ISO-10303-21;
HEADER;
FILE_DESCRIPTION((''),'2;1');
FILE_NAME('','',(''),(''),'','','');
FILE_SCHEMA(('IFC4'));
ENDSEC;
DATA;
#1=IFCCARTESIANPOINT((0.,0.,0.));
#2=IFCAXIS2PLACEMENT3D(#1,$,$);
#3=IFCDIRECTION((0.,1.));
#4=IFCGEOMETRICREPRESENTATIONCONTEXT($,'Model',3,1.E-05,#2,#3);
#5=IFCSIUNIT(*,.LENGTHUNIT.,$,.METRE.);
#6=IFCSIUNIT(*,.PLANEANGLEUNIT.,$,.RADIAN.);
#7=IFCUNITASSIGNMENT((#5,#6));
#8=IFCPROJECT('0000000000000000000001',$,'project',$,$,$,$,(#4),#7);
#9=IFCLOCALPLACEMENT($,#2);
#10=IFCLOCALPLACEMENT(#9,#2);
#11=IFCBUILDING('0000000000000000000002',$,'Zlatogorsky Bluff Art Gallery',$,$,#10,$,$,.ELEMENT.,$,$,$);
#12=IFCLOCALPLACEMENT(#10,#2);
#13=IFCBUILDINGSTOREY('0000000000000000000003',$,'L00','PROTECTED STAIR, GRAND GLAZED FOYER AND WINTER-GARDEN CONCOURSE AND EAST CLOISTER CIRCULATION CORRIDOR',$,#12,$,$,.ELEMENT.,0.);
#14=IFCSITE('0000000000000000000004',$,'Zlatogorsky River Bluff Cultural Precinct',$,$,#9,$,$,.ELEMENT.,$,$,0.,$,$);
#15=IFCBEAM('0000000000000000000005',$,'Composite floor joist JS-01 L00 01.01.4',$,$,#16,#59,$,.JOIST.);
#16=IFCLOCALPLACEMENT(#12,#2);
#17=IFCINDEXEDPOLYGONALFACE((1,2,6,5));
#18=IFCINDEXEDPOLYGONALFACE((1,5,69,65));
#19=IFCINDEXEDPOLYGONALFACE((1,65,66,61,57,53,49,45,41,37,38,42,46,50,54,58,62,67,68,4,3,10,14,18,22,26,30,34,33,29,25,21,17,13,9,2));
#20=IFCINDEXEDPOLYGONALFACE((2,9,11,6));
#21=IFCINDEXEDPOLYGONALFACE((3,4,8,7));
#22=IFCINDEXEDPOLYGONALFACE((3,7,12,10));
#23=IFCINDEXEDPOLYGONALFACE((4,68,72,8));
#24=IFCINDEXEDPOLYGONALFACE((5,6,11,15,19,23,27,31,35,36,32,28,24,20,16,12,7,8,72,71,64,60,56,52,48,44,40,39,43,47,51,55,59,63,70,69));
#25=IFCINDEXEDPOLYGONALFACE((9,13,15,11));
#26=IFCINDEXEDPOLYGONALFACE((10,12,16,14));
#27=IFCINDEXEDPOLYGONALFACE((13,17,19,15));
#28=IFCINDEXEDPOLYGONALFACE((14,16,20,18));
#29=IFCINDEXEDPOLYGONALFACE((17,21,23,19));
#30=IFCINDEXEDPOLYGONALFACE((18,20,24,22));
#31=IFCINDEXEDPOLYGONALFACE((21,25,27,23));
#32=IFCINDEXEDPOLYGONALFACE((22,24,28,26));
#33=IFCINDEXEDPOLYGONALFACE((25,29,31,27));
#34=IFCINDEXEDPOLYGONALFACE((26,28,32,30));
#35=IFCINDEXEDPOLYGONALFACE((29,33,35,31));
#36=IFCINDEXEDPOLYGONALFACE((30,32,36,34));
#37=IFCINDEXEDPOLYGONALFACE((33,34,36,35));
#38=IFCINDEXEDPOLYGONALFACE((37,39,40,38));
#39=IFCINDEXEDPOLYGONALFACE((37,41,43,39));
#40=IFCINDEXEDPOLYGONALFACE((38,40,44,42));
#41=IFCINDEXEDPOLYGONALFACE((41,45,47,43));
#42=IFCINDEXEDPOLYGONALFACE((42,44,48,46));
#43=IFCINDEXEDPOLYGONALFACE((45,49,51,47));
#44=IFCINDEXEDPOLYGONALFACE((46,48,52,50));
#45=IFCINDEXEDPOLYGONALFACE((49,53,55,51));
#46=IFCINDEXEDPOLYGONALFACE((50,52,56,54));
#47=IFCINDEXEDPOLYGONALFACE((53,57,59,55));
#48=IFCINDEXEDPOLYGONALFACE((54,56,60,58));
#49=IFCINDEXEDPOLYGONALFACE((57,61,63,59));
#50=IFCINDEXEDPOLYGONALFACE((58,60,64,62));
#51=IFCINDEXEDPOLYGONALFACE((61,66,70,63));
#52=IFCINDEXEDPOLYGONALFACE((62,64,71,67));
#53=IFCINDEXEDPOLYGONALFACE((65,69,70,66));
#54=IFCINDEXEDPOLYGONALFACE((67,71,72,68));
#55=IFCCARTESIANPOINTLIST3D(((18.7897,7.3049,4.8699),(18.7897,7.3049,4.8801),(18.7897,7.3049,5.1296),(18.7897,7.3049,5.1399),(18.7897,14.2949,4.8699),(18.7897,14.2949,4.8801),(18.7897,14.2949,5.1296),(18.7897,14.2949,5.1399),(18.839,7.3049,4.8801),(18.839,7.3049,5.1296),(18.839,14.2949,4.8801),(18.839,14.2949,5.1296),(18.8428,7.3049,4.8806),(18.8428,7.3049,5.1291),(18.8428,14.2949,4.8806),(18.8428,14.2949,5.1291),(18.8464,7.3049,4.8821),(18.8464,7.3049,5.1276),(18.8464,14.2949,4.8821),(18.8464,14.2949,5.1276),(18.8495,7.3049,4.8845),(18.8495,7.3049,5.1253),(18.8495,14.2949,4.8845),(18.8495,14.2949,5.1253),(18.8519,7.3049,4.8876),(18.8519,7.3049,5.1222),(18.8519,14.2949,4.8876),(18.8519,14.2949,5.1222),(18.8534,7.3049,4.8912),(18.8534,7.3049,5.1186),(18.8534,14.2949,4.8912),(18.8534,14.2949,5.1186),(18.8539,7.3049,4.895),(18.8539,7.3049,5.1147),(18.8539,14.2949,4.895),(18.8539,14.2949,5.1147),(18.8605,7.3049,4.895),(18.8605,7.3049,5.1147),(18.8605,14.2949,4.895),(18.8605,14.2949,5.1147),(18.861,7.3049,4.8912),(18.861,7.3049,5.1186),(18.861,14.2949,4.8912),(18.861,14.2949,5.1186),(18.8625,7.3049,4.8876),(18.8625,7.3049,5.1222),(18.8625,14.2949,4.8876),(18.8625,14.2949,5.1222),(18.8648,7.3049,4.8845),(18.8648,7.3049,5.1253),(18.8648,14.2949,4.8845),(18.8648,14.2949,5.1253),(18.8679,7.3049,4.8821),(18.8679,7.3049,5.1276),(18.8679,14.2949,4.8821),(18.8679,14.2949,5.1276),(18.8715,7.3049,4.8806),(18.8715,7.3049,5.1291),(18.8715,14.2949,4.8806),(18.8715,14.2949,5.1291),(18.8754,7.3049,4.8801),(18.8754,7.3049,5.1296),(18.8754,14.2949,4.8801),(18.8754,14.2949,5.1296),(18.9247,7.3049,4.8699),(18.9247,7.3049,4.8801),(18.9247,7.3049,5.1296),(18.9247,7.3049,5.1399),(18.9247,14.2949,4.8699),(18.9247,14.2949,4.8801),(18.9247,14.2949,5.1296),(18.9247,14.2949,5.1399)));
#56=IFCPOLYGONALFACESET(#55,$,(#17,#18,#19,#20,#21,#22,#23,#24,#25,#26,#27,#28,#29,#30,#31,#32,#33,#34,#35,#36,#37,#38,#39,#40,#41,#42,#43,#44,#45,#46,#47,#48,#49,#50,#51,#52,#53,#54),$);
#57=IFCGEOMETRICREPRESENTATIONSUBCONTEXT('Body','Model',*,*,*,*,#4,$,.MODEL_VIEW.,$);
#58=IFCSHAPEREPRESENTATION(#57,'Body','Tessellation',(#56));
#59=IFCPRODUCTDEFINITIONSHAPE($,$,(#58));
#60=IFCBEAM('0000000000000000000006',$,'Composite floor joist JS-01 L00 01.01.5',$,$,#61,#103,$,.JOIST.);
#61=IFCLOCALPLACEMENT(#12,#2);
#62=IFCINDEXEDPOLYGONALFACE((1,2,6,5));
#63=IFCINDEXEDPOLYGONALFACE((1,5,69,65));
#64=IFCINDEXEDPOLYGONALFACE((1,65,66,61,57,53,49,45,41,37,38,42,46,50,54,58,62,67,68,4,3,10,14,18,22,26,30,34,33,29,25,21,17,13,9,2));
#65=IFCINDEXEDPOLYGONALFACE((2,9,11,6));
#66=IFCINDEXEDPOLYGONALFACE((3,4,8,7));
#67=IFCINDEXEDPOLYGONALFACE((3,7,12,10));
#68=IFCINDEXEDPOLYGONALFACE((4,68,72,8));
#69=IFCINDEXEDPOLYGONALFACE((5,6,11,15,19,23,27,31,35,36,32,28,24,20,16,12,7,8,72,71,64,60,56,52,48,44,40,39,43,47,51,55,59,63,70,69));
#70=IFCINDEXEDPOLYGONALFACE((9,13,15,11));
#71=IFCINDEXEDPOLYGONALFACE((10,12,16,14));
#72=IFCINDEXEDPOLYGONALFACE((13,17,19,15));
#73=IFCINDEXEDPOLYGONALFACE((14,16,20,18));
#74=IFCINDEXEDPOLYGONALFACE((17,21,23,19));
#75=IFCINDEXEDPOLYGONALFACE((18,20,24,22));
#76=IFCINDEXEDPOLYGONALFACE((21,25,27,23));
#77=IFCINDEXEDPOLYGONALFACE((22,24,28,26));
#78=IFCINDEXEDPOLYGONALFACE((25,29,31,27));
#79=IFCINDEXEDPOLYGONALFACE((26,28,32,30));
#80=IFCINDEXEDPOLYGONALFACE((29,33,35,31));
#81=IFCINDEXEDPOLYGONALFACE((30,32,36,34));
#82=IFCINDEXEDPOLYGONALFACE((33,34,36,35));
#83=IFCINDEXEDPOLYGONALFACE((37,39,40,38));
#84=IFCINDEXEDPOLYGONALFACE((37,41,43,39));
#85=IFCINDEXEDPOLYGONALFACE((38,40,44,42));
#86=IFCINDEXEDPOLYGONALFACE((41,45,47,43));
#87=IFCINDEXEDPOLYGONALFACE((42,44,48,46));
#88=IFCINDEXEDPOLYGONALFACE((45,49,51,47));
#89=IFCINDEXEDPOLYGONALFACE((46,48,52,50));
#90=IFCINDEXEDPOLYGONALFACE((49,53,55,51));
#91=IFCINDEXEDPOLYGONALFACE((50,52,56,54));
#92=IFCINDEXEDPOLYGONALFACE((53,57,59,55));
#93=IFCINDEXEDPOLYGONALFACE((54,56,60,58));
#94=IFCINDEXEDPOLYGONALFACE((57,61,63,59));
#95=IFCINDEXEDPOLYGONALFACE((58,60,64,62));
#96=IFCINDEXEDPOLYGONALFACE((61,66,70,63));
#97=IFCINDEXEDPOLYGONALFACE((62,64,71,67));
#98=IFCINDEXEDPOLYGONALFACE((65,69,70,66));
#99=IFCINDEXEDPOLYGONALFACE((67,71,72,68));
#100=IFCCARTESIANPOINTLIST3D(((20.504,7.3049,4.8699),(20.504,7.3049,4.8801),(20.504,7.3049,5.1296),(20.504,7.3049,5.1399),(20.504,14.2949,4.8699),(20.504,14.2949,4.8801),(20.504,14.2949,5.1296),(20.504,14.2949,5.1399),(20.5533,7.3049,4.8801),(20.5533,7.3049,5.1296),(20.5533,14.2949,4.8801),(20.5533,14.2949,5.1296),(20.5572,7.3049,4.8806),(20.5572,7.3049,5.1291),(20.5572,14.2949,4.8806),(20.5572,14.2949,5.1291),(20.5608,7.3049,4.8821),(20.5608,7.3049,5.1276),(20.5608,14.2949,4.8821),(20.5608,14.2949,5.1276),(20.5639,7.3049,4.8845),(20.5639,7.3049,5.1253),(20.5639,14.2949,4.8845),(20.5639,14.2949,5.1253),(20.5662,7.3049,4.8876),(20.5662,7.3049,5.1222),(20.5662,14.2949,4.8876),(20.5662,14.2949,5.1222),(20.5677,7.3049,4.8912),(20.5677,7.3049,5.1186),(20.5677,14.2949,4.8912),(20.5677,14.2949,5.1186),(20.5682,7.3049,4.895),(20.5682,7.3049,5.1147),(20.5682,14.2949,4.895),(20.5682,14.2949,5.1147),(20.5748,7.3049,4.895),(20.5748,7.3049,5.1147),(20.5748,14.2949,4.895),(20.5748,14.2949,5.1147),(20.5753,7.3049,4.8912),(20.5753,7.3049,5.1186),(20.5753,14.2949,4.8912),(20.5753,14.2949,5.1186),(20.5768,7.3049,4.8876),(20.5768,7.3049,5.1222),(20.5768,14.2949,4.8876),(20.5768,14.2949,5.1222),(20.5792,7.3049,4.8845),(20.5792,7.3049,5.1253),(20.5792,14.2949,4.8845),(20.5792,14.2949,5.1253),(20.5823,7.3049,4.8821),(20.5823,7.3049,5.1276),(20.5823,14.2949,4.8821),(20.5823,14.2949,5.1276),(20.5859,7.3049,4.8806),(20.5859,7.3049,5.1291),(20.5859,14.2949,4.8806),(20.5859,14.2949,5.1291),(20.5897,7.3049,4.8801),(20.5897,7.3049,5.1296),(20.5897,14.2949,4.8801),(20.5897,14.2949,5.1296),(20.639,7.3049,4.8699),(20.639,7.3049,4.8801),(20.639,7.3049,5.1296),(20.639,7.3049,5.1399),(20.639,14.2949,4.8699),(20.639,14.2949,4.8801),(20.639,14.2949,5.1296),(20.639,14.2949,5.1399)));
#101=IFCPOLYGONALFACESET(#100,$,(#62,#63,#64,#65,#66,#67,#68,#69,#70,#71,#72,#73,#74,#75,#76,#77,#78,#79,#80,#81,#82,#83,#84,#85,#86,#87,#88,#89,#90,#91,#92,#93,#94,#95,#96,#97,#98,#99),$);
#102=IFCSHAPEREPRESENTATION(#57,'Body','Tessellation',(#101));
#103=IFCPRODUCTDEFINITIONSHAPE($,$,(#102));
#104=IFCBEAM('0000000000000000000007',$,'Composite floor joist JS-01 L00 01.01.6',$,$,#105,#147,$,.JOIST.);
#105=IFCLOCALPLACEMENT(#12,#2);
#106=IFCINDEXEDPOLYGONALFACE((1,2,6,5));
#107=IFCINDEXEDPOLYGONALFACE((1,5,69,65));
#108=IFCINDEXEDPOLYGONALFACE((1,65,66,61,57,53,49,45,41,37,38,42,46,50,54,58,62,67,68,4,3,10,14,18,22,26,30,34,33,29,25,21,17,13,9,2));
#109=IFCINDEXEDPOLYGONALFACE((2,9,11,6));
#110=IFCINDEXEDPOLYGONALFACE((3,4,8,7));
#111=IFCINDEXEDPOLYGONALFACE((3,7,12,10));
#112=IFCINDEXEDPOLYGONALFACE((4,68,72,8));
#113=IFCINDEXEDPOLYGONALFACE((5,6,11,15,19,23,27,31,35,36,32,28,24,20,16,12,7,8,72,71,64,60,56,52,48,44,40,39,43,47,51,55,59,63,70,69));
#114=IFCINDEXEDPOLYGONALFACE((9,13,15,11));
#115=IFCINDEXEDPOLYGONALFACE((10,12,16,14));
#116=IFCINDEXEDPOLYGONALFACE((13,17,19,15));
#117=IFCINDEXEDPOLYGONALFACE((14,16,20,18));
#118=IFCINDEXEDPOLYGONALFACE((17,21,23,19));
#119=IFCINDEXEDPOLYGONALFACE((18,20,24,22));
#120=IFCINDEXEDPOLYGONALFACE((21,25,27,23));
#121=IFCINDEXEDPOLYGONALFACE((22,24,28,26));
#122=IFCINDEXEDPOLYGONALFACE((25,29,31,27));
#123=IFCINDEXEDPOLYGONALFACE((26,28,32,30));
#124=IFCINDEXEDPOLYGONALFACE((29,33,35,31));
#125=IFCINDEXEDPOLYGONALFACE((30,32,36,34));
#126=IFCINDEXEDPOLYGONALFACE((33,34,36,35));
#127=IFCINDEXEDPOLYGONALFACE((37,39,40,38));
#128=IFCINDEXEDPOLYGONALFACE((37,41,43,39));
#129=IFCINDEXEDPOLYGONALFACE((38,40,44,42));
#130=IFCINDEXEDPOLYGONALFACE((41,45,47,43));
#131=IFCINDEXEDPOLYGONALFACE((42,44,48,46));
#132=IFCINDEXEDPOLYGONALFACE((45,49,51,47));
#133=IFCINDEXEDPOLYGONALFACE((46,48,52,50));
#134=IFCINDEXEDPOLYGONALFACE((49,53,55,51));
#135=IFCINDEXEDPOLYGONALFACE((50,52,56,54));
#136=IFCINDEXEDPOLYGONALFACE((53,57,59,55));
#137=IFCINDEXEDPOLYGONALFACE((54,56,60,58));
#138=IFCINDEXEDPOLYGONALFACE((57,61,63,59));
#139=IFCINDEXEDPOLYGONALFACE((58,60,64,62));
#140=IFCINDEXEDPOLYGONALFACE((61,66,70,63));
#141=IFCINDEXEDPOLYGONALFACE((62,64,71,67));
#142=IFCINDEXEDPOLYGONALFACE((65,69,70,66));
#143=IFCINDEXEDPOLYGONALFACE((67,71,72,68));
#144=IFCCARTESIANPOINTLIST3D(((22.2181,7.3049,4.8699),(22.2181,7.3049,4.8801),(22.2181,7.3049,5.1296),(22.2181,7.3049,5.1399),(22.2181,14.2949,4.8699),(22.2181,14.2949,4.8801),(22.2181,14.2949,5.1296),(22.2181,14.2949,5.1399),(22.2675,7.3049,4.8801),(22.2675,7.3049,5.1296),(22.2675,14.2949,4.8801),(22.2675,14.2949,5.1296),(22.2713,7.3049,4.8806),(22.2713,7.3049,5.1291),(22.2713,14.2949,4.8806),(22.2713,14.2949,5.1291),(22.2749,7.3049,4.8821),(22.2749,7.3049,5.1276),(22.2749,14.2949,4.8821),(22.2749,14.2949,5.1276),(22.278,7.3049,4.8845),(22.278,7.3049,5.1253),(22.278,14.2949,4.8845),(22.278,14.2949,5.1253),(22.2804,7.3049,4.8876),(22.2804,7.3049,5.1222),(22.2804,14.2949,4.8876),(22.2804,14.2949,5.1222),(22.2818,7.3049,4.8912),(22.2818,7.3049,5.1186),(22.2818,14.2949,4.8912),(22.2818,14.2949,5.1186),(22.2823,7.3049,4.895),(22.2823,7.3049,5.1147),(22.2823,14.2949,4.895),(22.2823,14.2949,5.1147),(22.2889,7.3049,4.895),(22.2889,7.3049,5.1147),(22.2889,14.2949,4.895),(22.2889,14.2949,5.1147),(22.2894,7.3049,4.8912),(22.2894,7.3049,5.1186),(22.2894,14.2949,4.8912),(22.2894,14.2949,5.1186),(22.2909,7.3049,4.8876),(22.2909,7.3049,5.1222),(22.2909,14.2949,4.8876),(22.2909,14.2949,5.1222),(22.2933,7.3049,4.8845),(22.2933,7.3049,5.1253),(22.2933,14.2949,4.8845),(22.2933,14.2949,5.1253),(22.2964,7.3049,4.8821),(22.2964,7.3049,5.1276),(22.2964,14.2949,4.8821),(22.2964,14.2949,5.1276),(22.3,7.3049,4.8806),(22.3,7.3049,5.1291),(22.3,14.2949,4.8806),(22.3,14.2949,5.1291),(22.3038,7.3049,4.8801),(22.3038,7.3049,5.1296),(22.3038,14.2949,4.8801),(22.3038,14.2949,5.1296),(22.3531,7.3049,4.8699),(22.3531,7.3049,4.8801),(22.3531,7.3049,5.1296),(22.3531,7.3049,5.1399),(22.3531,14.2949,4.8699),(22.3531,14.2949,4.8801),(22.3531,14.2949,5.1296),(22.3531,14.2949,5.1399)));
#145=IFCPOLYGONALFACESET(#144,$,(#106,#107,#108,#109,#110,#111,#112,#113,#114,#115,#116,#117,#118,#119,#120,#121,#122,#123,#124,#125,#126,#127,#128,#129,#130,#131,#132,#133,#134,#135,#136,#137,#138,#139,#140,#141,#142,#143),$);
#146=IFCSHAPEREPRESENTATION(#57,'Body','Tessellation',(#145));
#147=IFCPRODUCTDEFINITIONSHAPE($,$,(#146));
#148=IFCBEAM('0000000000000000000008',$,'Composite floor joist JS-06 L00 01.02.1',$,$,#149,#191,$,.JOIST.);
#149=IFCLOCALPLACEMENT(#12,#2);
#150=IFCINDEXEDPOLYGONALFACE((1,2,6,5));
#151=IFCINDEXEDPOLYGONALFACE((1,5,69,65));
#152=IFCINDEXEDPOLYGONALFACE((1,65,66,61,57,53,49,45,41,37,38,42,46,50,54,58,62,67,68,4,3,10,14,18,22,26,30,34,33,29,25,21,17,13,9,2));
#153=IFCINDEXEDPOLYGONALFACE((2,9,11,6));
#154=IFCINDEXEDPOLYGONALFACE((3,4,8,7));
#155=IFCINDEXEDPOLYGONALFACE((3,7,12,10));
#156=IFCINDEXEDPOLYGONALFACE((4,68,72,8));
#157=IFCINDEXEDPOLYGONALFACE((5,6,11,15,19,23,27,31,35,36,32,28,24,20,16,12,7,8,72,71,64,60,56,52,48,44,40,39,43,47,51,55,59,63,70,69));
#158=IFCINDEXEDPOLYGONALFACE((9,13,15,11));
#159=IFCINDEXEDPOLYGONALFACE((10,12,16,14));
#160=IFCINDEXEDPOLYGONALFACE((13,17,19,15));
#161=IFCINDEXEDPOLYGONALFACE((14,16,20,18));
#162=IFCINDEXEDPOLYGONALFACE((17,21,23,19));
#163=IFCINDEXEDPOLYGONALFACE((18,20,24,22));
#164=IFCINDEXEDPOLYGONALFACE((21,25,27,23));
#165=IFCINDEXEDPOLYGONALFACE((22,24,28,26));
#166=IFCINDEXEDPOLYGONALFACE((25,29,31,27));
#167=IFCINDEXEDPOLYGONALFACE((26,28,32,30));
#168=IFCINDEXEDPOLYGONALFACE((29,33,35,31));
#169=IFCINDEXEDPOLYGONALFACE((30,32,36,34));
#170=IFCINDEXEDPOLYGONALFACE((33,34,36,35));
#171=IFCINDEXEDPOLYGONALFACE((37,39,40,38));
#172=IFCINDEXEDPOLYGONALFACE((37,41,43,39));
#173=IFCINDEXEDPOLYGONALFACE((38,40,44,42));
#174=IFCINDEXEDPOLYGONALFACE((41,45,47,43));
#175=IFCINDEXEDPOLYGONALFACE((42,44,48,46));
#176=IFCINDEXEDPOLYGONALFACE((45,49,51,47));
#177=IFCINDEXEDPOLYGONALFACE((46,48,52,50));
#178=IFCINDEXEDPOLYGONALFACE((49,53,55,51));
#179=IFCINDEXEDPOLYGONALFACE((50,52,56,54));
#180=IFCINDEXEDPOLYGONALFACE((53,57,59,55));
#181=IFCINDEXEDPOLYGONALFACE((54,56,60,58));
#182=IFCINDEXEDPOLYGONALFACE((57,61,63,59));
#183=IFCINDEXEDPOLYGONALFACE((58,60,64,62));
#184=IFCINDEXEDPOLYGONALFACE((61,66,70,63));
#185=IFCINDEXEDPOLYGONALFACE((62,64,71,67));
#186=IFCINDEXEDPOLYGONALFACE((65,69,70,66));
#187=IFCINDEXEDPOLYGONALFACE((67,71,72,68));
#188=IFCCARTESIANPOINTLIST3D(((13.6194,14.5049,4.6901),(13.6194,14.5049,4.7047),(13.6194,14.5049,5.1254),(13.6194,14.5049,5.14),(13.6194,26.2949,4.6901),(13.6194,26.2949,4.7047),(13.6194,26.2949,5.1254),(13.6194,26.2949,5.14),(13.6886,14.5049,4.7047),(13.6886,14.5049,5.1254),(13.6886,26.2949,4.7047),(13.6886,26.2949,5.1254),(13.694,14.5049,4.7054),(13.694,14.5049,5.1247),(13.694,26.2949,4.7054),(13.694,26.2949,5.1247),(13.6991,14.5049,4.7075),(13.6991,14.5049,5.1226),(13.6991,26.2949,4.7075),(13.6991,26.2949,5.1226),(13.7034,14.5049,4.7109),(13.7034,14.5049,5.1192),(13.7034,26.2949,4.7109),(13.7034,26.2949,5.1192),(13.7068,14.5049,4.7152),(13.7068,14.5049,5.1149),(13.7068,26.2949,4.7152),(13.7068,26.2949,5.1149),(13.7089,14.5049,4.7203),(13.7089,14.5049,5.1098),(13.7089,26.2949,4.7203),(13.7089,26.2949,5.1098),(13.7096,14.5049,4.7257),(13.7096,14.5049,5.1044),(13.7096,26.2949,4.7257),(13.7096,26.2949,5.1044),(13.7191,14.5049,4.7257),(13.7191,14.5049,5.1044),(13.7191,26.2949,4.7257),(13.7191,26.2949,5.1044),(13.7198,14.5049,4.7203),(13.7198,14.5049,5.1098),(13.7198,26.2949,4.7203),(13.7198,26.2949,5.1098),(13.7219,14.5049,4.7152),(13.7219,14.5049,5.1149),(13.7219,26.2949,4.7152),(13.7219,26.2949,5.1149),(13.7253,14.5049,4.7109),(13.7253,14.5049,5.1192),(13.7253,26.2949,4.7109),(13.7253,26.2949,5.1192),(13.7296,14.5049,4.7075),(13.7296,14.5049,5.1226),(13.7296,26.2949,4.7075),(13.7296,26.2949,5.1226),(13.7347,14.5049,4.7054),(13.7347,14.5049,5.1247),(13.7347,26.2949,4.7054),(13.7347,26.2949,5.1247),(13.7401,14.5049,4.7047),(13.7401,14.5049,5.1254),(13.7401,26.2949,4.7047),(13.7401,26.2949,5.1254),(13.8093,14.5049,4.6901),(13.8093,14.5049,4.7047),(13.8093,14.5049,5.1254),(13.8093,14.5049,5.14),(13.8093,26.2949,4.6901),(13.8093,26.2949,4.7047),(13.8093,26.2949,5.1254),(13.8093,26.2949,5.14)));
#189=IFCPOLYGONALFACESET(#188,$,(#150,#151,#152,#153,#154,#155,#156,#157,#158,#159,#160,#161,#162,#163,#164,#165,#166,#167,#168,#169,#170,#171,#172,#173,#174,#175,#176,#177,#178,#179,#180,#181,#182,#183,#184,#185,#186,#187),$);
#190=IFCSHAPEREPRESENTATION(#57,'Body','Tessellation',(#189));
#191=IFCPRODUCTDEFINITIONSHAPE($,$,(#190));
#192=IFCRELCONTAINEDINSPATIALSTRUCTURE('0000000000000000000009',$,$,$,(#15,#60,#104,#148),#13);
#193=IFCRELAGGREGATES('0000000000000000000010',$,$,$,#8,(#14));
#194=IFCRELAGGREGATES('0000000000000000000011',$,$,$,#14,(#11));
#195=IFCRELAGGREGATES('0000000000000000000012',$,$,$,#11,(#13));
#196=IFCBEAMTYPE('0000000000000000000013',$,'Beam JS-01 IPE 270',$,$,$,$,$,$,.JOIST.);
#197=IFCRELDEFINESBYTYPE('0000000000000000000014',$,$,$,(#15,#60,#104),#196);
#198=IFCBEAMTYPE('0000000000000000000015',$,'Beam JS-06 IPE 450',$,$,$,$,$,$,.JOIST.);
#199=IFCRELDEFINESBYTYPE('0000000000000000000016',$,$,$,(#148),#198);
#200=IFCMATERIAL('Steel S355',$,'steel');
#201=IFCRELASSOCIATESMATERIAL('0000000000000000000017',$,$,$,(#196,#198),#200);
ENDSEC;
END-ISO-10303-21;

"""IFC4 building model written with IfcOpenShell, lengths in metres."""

from ifc_helpers import new_model, si_unit, direction, frame, origin, origin_2d, place, context, subcontext, project, spatial, i_section, extrude, material, material_profile, profile_set, type_object, element, save


model = new_model("IFC4")

# Units and contexts
model_context = context("Model", 3, precision=1e-05, world=origin(), true_north=direction((0.0, 1.0)))
body_context = subcontext(model_context, "Body", "Model", "MODEL_VIEW")
ifc_project = project(units=[si_unit("LENGTHUNIT", "METRE"), si_unit("PLANEANGLEUNIT", "RADIAN")], contexts=[model_context])

# Site, building, storey
site_placement = place(None, origin())
site = spatial("IfcSite", under=ifc_project, at=site_placement, Name="Zlatogorsky River Bluff Cultural Precinct", CompositionType="ELEMENT", RefElevation=0.0)
building_placement = place(site_placement, origin())
building = spatial("IfcBuilding", under=site, at=building_placement, Name="Zlatogorsky Bluff Art Gallery", CompositionType="ELEMENT")
storey_placement = place(building_placement, origin())
storey = spatial("IfcBuildingStorey", under=building, at=storey_placement, Name="L00", Description="PROTECTED STAIR, GRAND GLAZED FOYER AND WINTER-GARDEN CONCOURSE AND EAST CLOISTER CIRCULATION CORRIDOR", CompositionType="ELEMENT", Elevation=0.0)

# Beams
ifc_material_1 = material(Name="Steel S355", Category="steel")
ifc_material_profile_1 = material_profile(ifc_material_1, i_section(OverallWidth=0.135, OverallDepth=0.27, WebThickness=0.0066, FlangeThickness=0.0103, FilletRadius=0.0149, at=origin_2d()), Name="IPE 270")
ifc_profile_set_1 = profile_set([ifc_material_profile_1], Name="Steel S355")
beam_type_1 = type_object("IfcBeamType", Name="Beam JS-01 IPE 270", PredefinedType="JOIST", material=ifc_profile_set_1)
for number, where, z_axis, x_axis, name in (
    (1, (18.8572, 7.3049, 5.0049), (0.0, 1.0, 0.0), (-1.0, 0.0, 0.0), "Composite floor joist JS-01 L00 01.01.4"),
    (2, (20.5715, 7.3049, 5.0049), (0.0, 1.0, 0.0), (-1.0, 0.0, 0.0), "Composite floor joist JS-01 L00 01.01.5"),
    (3, (22.2856, 7.3049, 5.0049), (0.0, 1.0, 0.0), (-1.0, 0.0, 0.0), "Composite floor joist JS-01 L00 01.01.6"),
):
    element("IfcBeam", number, at=place(storey_placement, frame(where, z_axis=z_axis, x_axis=x_axis)), inside=storey, type_object=beam_type_1, Name=name, PredefinedType="JOIST", context=body_context, shape_type="SweptSolid", body=[
        extrude(i_section(OverallWidth=0.135, OverallDepth=0.27, WebThickness=0.0066, FlangeThickness=0.0103, FilletRadius=0.0149, at=origin_2d()), origin(), (0.0, 0.0, 1.0), 6.99),
    ])
ifc_material_profile_2 = material_profile(ifc_material_1, i_section(OverallWidth=0.1899, OverallDepth=0.45, WebThickness=0.0095, FlangeThickness=0.0146, FilletRadius=0.021, at=origin_2d()), Name="IPE 450")
ifc_profile_set_2 = profile_set([ifc_material_profile_2], Name="Steel S355")
beam_type_2 = type_object("IfcBeamType", Name="Beam JS-06 IPE 450", PredefinedType="JOIST", material=ifc_profile_set_2)
beam_1_placement = place(storey_placement, frame((13.7144, 14.5049, 4.915), z_axis=(0.0, 1.0, 0.0), x_axis=(-1.0, 0.0, 0.0)))
element("IfcBeam", 4, at=beam_1_placement, inside=storey, type_object=beam_type_2, Name="Composite floor joist JS-06 L00 01.02.1", PredefinedType="JOIST", context=body_context, shape_type="SweptSolid", body=[
    extrude(i_section(OverallWidth=0.1899, OverallDepth=0.45, WebThickness=0.0095, FlangeThickness=0.0146, FilletRadius=0.021, at=origin_2d()), origin(), (0.0, 0.0, 1.0), 11.79),
])

save(model, "model.ifc")
